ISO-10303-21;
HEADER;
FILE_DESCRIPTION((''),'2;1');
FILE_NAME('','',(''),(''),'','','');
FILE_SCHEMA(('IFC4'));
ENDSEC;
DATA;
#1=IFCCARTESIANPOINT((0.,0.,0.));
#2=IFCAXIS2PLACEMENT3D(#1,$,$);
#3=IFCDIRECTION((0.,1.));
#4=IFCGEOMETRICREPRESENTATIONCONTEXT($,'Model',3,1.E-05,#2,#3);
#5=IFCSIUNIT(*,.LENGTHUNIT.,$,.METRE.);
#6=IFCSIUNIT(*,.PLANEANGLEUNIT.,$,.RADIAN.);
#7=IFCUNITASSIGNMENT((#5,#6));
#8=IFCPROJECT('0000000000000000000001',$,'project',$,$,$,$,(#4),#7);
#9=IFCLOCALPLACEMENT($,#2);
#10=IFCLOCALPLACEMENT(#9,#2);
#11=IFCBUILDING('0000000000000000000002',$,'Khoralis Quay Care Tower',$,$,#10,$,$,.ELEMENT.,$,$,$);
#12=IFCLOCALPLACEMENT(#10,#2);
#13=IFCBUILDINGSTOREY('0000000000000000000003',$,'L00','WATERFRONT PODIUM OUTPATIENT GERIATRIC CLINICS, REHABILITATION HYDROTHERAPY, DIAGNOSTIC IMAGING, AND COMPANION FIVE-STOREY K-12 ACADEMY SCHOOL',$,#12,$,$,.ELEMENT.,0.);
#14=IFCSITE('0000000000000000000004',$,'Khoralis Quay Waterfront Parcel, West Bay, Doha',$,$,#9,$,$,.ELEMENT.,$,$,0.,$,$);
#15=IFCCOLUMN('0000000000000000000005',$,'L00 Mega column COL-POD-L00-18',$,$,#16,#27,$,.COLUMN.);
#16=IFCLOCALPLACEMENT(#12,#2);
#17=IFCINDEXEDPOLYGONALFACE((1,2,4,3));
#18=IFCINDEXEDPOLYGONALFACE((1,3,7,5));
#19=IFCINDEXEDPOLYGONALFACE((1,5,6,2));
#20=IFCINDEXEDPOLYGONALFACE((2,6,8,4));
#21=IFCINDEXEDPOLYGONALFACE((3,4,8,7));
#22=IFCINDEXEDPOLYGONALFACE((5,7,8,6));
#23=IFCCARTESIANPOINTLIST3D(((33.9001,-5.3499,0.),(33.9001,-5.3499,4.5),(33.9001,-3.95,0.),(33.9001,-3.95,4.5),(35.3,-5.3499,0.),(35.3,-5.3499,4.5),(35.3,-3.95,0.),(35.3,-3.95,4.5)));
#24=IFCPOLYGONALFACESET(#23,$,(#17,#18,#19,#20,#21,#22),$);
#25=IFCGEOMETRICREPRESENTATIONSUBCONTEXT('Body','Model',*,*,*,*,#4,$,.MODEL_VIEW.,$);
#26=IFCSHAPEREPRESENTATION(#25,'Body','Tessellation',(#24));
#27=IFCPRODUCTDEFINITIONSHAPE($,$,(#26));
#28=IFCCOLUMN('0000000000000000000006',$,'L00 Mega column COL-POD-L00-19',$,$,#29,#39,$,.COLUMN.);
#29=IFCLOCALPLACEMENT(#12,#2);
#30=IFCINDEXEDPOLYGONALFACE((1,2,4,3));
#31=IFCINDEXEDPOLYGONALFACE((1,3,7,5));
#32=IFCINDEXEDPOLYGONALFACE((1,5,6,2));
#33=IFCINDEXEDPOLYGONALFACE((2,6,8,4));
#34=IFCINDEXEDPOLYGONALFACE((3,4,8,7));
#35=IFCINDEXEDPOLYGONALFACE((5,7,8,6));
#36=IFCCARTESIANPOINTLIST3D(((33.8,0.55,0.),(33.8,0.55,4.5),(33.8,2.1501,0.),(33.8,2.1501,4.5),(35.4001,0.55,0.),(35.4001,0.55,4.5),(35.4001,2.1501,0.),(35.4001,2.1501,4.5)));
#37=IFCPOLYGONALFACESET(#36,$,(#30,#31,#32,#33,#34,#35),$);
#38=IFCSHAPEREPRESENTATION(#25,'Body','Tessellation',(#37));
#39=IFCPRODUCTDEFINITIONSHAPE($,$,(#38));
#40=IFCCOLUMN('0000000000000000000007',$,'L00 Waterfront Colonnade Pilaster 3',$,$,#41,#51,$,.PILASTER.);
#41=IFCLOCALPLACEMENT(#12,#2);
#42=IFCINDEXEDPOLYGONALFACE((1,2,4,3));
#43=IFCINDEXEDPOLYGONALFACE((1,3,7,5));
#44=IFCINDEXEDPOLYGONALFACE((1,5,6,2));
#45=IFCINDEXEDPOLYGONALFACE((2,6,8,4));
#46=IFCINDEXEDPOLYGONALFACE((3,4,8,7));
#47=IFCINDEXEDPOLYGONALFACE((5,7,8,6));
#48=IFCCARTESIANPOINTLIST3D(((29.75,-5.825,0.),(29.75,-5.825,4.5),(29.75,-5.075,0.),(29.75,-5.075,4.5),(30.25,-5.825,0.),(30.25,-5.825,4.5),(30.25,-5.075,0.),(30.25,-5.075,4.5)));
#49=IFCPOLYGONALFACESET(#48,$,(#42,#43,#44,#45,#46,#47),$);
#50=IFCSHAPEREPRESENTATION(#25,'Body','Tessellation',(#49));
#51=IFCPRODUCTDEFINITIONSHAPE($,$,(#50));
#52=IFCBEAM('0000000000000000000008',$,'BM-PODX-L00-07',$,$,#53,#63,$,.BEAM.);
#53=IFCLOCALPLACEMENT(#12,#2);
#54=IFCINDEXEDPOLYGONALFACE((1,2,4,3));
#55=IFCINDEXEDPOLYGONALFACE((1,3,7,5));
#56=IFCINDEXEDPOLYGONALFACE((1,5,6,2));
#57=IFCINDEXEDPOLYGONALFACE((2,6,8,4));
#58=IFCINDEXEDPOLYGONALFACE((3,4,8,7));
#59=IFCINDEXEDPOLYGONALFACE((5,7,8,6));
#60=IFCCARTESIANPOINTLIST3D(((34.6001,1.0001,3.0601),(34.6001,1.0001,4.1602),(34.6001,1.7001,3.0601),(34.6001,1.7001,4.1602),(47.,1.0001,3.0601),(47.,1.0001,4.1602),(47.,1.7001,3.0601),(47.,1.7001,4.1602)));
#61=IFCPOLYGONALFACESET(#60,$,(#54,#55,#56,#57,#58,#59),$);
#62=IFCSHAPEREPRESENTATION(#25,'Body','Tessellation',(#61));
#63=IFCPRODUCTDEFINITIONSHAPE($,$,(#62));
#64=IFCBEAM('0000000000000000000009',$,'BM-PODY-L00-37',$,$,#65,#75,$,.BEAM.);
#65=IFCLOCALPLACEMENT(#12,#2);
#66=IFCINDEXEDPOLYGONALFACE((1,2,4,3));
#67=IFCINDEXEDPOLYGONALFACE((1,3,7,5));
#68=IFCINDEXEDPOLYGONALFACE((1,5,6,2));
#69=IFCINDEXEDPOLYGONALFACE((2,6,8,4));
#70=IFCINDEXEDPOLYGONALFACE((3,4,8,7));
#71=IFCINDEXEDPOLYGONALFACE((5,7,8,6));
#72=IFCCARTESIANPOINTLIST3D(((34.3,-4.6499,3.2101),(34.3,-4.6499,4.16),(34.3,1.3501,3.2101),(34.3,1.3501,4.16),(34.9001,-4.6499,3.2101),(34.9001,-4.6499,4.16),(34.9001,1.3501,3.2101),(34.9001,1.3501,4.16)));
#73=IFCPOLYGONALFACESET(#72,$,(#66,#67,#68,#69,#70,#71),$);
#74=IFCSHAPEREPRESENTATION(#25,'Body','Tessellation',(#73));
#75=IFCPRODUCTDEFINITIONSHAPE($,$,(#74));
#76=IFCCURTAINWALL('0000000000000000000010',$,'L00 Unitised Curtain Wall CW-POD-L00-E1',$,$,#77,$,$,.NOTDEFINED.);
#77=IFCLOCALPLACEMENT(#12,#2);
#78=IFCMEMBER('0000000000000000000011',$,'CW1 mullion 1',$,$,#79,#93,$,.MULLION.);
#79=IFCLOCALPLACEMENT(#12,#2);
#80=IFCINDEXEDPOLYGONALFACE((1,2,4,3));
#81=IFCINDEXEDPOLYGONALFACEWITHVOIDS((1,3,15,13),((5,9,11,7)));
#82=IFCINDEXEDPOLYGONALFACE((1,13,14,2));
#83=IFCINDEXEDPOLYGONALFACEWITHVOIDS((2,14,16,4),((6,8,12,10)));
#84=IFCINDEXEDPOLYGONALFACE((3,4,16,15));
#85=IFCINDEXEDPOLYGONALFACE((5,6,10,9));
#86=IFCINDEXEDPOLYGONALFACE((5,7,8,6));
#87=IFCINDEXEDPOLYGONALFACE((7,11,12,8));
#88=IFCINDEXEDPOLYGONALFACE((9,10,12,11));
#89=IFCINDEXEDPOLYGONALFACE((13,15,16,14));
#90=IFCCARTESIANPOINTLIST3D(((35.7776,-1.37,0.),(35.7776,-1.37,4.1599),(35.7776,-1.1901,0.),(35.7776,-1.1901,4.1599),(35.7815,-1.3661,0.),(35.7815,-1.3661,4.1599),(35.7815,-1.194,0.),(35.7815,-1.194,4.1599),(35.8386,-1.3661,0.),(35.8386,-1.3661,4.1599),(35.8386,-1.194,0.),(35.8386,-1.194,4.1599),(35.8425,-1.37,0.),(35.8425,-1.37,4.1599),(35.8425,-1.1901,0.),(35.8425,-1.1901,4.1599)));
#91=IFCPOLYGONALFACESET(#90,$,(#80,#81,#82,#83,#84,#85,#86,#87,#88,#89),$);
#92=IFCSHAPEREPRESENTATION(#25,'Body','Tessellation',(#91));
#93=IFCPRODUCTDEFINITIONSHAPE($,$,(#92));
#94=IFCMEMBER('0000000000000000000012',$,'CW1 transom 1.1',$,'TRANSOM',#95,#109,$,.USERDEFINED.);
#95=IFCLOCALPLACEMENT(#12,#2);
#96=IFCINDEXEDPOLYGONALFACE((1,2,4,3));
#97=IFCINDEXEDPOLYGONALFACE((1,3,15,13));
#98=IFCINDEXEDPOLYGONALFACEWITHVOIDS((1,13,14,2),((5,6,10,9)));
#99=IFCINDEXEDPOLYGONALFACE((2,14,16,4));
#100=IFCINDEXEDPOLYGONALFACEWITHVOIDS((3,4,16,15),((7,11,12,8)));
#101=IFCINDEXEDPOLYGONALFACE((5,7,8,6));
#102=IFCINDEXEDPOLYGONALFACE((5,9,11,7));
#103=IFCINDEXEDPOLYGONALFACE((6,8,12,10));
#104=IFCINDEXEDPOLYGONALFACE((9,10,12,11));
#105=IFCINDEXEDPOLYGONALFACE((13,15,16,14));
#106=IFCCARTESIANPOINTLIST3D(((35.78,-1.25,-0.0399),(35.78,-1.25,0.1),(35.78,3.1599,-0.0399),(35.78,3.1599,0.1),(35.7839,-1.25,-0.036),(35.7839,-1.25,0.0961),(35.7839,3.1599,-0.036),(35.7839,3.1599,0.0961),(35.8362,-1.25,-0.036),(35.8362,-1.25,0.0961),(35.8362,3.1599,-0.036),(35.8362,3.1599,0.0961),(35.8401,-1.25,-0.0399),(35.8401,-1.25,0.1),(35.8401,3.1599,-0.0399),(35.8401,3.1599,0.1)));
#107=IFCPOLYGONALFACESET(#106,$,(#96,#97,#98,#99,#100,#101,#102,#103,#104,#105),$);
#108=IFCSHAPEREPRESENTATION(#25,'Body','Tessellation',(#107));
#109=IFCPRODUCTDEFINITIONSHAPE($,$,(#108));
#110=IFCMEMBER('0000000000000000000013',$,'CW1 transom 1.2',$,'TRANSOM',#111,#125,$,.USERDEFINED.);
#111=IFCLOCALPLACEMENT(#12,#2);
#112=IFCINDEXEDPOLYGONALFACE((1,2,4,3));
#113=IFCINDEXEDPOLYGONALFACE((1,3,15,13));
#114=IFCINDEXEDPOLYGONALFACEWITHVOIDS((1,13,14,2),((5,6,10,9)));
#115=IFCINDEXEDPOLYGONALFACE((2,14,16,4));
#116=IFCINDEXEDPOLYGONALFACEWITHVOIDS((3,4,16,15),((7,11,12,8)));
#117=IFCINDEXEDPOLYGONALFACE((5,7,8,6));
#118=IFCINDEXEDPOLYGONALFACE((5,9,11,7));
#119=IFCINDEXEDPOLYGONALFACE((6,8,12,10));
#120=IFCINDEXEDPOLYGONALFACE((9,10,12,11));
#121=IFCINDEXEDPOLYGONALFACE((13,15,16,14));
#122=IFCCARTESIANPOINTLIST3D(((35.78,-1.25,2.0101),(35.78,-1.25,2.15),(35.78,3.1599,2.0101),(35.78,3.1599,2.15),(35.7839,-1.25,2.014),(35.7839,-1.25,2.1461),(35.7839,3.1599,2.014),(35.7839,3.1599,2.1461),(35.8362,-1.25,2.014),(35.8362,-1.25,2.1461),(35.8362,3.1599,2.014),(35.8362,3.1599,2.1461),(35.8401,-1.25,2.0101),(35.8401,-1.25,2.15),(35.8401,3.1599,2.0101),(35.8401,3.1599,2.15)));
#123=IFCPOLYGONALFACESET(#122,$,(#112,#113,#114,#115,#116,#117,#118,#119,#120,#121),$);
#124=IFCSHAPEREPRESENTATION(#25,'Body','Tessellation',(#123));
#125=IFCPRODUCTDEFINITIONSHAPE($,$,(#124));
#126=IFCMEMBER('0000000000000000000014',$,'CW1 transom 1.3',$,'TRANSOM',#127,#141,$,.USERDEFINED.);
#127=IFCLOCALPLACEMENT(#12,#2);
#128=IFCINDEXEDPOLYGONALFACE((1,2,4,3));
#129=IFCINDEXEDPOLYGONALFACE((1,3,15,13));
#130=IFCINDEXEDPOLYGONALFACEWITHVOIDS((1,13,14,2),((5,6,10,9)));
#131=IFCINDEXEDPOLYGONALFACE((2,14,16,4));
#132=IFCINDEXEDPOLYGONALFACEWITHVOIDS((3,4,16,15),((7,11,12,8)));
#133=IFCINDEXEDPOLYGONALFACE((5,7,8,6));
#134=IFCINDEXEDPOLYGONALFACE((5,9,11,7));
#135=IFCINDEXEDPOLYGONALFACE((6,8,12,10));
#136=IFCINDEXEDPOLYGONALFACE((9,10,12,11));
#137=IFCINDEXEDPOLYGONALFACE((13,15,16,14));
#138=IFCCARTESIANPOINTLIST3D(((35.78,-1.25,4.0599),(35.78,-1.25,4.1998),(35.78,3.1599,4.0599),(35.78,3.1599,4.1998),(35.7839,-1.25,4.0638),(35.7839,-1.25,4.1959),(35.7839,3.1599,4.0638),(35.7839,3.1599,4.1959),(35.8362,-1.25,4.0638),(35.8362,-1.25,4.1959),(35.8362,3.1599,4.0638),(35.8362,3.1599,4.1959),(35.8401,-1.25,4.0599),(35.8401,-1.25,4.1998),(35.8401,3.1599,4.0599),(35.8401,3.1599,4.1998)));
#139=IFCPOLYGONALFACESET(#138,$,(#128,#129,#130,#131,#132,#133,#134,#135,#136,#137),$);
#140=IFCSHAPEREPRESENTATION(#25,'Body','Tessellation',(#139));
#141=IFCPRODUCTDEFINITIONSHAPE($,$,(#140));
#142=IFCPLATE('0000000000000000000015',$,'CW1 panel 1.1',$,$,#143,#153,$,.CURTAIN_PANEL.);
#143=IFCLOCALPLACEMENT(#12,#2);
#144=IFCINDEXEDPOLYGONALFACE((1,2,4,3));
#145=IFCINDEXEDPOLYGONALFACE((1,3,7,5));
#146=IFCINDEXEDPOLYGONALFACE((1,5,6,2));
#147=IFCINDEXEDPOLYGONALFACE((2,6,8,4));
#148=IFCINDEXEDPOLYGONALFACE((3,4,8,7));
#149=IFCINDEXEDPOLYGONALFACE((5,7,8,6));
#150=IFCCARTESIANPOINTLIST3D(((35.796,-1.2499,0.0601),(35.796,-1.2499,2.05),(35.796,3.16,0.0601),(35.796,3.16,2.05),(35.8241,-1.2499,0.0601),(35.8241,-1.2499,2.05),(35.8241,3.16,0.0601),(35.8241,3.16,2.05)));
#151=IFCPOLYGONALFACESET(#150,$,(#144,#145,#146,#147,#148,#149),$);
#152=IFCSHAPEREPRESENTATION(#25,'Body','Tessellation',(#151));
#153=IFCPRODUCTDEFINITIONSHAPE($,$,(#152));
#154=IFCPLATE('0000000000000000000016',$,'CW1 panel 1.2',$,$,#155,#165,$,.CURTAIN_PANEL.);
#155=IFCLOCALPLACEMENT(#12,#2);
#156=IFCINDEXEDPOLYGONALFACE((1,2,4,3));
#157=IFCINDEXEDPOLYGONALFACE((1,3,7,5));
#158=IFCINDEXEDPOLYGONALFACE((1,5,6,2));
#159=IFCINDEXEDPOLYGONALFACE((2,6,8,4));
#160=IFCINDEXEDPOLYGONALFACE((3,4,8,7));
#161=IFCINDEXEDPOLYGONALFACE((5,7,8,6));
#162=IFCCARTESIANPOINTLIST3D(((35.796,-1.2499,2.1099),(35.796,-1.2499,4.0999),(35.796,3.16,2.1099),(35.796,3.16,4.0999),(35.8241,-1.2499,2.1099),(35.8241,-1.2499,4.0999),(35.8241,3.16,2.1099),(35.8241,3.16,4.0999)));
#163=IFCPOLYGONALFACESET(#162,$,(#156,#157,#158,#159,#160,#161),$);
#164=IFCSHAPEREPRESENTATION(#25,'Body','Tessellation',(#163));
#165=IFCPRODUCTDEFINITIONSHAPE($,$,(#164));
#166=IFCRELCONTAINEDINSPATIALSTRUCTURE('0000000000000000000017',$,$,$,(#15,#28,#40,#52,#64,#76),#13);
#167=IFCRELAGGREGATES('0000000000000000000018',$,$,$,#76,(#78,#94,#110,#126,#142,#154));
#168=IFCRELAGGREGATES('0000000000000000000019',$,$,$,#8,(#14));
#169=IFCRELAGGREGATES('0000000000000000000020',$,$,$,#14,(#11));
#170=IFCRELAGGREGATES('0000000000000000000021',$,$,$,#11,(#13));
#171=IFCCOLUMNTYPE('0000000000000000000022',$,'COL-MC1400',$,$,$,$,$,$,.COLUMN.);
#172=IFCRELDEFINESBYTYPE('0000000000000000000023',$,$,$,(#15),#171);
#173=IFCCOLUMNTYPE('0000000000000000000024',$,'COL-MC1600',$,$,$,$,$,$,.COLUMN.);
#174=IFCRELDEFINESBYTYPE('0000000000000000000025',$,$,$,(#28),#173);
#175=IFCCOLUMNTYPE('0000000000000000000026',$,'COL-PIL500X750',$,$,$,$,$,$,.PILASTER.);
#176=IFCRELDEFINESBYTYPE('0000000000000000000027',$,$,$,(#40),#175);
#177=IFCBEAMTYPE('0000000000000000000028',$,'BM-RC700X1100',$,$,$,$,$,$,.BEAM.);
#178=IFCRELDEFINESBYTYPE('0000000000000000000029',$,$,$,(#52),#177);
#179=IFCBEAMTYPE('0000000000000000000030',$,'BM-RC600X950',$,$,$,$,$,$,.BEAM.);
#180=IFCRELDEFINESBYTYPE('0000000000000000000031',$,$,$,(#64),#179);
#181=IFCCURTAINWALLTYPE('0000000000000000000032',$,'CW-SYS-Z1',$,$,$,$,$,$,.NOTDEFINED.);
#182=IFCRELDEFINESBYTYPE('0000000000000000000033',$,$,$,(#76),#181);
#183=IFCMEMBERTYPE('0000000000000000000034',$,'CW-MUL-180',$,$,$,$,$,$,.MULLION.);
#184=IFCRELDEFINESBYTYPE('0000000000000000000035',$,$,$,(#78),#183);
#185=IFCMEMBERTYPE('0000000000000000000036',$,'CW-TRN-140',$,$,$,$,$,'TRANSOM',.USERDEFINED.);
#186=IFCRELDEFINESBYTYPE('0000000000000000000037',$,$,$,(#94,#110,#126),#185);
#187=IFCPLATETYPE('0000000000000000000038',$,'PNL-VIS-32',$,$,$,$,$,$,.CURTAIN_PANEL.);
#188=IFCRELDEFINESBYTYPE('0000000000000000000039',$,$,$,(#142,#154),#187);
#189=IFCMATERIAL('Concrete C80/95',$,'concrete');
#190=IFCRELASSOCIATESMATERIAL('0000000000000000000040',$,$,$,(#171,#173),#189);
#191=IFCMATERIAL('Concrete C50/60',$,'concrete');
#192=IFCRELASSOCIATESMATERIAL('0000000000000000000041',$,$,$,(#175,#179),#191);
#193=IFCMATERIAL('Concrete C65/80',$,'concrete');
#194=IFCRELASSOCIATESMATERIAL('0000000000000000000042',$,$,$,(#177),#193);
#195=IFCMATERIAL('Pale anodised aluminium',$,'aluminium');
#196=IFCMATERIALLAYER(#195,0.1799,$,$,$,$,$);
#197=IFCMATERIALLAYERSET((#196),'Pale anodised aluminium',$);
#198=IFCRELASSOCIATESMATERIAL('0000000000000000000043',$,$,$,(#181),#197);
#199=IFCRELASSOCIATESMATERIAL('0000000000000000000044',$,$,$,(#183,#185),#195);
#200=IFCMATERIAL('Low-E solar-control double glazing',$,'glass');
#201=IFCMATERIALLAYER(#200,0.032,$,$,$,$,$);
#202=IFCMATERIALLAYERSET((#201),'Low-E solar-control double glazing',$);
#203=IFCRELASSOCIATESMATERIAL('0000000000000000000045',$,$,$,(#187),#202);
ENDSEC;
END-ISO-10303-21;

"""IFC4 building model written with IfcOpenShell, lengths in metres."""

from ifc_helpers import new_model, si_unit, direction, frame, origin, origin_2d, place, context, subcontext, project, spatial, rectangle, hollow_rectangle, extrude, source, transform, mapped, material, layer, layer_set, material_profile, profile_set, type_object, element, aggregate, save


model = new_model("IFC4")

# Units and contexts
model_context = context("Model", 3, precision=1e-05, world=origin(), true_north=direction((0.0, 1.0)))
body_context = subcontext(model_context, "Body", "Model", "MODEL_VIEW")
ifc_project = project(units=[si_unit("LENGTHUNIT", "METRE"), si_unit("PLANEANGLEUNIT", "RADIAN")], contexts=[model_context])

# Site, building, storey
site_placement = place(None, origin())
site = spatial("IfcSite", under=ifc_project, at=site_placement, Name="Khoralis Quay Waterfront Parcel, West Bay, Doha", CompositionType="ELEMENT", RefElevation=0.0)
building_placement = place(site_placement, origin())
building = spatial("IfcBuilding", under=site, at=building_placement, Name="Khoralis Quay Care Tower", CompositionType="ELEMENT")
storey_placement = place(building_placement, origin())
storey = spatial("IfcBuildingStorey", under=building, at=storey_placement, Name="L00", Description="WATERFRONT PODIUM OUTPATIENT GERIATRIC CLINICS, REHABILITATION HYDROTHERAPY, DIAGNOSTIC IMAGING, AND COMPANION FIVE-STOREY K-12 ACADEMY SCHOOL", CompositionType="ELEMENT", Elevation=0.0)

# Columns
ifc_material_1 = material(Name="Concrete C80/95", Category="concrete")
ifc_material_profile_1 = material_profile(ifc_material_1, rectangle(XDim=1.3999, YDim=1.3999, at=origin_2d()), Name="Concrete C80/95")
ifc_profile_set_1 = profile_set([ifc_material_profile_1], Name="Concrete C80/95")
column_type_1 = type_object("IfcColumnType", Name="COL-MC1400", PredefinedType="COLUMN", material=ifc_profile_set_1)
shared_shape_1 = source(origin(), body_context, "Body", "SweptSolid", [
    extrude(rectangle(XDim=1.3999, YDim=1.3999, at=origin_2d()), origin(), (0.0, 0.0, 1.0), 4.5),
])
column_1_placement = place(storey_placement, frame((34.6001, -4.6499, 0.0), z_axis=(0.0, 0.0, 1.0), x_axis=(1.0, 0.0, 0.0)))
element("IfcColumn", 1, at=column_1_placement, inside=storey, type_object=column_type_1, Name="L00 Mega column COL-POD-L00-18", PredefinedType="COLUMN", context=body_context, shape_type="MappedRepresentation", body=[
    mapped(shared_shape_1, transform((0.0, 0.0, 0.0), scale=1.0)),
])
ifc_material_profile_2 = material_profile(ifc_material_1, rectangle(XDim=1.6001, YDim=1.6001, at=origin_2d()), Name="Concrete C80/95")
ifc_profile_set_2 = profile_set([ifc_material_profile_2], Name="Concrete C80/95")
column_type_2 = type_object("IfcColumnType", Name="COL-MC1600", PredefinedType="COLUMN", material=ifc_profile_set_2)
shared_shape_2 = source(origin(), body_context, "Body", "SweptSolid", [
    extrude(rectangle(XDim=1.6001, YDim=1.6001, at=origin_2d()), origin(), (0.0, 0.0, 1.0), 4.5),
])
column_2_placement = place(storey_placement, frame((34.6001, 1.3501, 0.0), z_axis=(0.0, 0.0, 1.0), x_axis=(1.0, 0.0, 0.0)))
element("IfcColumn", 2, at=column_2_placement, inside=storey, type_object=column_type_2, Name="L00 Mega column COL-POD-L00-19", PredefinedType="COLUMN", context=body_context, shape_type="MappedRepresentation", body=[
    mapped(shared_shape_2, transform((0.0, 0.0, 0.0), scale=1.0)),
])
ifc_material_2 = material(Name="Concrete C50/60", Category="concrete")
ifc_material_profile_3 = material_profile(ifc_material_2, rectangle(XDim=0.5, YDim=0.75, at=origin_2d()), Name="Concrete C50/60")
ifc_profile_set_3 = profile_set([ifc_material_profile_3], Name="Concrete C50/60")
column_type_3 = type_object("IfcColumnType", Name="COL-PIL500X750", PredefinedType="PILASTER", material=ifc_profile_set_3)
shared_shape_3 = source(origin(), body_context, "Body", "SweptSolid", [
    extrude(rectangle(XDim=0.5, YDim=0.75, at=origin_2d()), origin(), (0.0, 0.0, 1.0), 4.5),
])
column_3_placement = place(storey_placement, frame((30.0, -5.45, 0.0), z_axis=(0.0, 0.0, 1.0), x_axis=(1.0, 0.0, 0.0)))
element("IfcColumn", 3, at=column_3_placement, inside=storey, type_object=column_type_3, Name="L00 Waterfront Colonnade Pilaster 3", PredefinedType="PILASTER", context=body_context, shape_type="MappedRepresentation", body=[
    mapped(shared_shape_3, transform((0.0, 0.0, 0.0), scale=1.0)),
])

# Beams
ifc_material_3 = material(Name="Concrete C65/80", Category="concrete")
ifc_material_profile_4 = material_profile(ifc_material_3, rectangle(XDim=0.7, YDim=1.1001, at=origin_2d()), Name="Concrete C65/80")
ifc_profile_set_4 = profile_set([ifc_material_profile_4], Name="Concrete C65/80")
beam_type_1 = type_object("IfcBeamType", Name="BM-RC700X1100", PredefinedType="BEAM", material=ifc_profile_set_4)
shared_shape_4 = source(origin(), body_context, "Body", "SweptSolid", [
    extrude(rectangle(XDim=0.7, YDim=1.1001, at=origin_2d()), origin(), (0.0, 0.0, 1.0), 12.3999),
])
beam_1_placement = place(storey_placement, frame((34.6001, 1.3501, 3.6101), z_axis=(1.0, 0.0, 0.0), x_axis=(0.0, 1.0, 0.0)))
element("IfcBeam", 4, at=beam_1_placement, inside=storey, type_object=beam_type_1, Name="BM-PODX-L00-07", PredefinedType="BEAM", context=body_context, shape_type="MappedRepresentation", body=[
    mapped(shared_shape_4, transform((0.0, 0.0, 0.0), scale=1.0)),
])
ifc_material_profile_5 = material_profile(ifc_material_2, rectangle(XDim=0.6001, YDim=0.95, at=origin_2d()), Name="Concrete C50/60")
ifc_profile_set_5 = profile_set([ifc_material_profile_5], Name="Concrete C50/60")
beam_type_2 = type_object("IfcBeamType", Name="BM-RC600X950", PredefinedType="BEAM", material=ifc_profile_set_5)
shared_shape_5 = source(origin(), body_context, "Body", "SweptSolid", [
    extrude(rectangle(XDim=0.6001, YDim=0.95, at=origin_2d()), origin(), (0.0, 0.0, 1.0), 6.0),
])
beam_2_placement = place(storey_placement, frame((34.6001, -4.6499, 3.6851), z_axis=(0.0, 1.0, 0.0), x_axis=(-1.0, 0.0, 0.0)))
element("IfcBeam", 5, at=beam_2_placement, inside=storey, type_object=beam_type_2, Name="BM-PODY-L00-37", PredefinedType="BEAM", context=body_context, shape_type="MappedRepresentation", body=[
    mapped(shared_shape_5, transform((0.0, 0.0, 0.0), scale=1.0)),
])

# Curtain wall, members, plates
ifc_material_4 = material(Name="Pale anodised aluminium", Category="aluminium")
ifc_layer_1 = layer(ifc_material_4, 0.1799)
ifc_layer_set_1 = layer_set([ifc_layer_1], Name="Pale anodised aluminium")
curtain_wall_type = type_object("IfcCurtainWallType", Name="CW-SYS-Z1", PredefinedType="NOTDEFINED", material=ifc_layer_set_1)
curtain_wall_placement = place(storey_placement, origin())
curtain_wall = element("IfcCurtainWall", 6, at=curtain_wall_placement, inside=storey, type_object=curtain_wall_type, Name="L00 Unitised Curtain Wall CW-POD-L00-E1", PredefinedType="NOTDEFINED")
ifc_material_profile_6 = material_profile(ifc_material_4, hollow_rectangle(XDim=0.0649, YDim=0.1799, WallThickness=0.0039, at=origin_2d()), Name="Pale anodised aluminium")
ifc_profile_set_6 = profile_set([ifc_material_profile_6], Name="Pale anodised aluminium")
member_type_1 = type_object("IfcMemberType", Name="CW-MUL-180", PredefinedType="MULLION", material=ifc_profile_set_6)
shared_shape_6 = source(origin(), body_context, "Body", "SweptSolid", [
    extrude(hollow_rectangle(XDim=0.0649, YDim=0.1799, WallThickness=0.0039, at=origin_2d()), origin(), (0.0, 0.0, 1.0), 4.1599),
])
member_1_placement = place(storey_placement, frame((35.8101, -1.28, 0.0), z_axis=(0.0, 0.0, 1.0), x_axis=(-1.0, 0.0, 0.0)))
member_1 = element("IfcMember", 7, at=member_1_placement, type_object=member_type_1, Name="CW1 mullion 1", PredefinedType="MULLION", context=body_context, shape_type="MappedRepresentation", body=[
    mapped(shared_shape_6, transform((0.0, 0.0, 0.0), scale=1.0)),
])
ifc_material_profile_7 = material_profile(ifc_material_4, hollow_rectangle(XDim=0.0601, YDim=0.1399, WallThickness=0.0039, at=origin_2d()), Name="Pale anodised aluminium")
ifc_profile_set_7 = profile_set([ifc_material_profile_7], Name="Pale anodised aluminium")
member_type_2 = type_object("IfcMemberType", Name="CW-TRN-140", ElementType="TRANSOM", PredefinedType="USERDEFINED", material=ifc_profile_set_7)
shared_shape_7 = source(origin(), body_context, "Body", "SweptSolid", [
    extrude(hollow_rectangle(XDim=0.0601, YDim=0.1399, WallThickness=0.0039, at=origin_2d()), origin(), (0.0, 0.0, 1.0), 4.4099),
])
member_2_placement = place(storey_placement, frame((35.8101, -1.25, 0.03), z_axis=(0.0, 1.0, 0.0), x_axis=(-1.0, 0.0, 0.0)))
member_2 = element("IfcMember", 8, at=member_2_placement, type_object=member_type_2, Name="CW1 transom 1.1", ObjectType="TRANSOM", PredefinedType="USERDEFINED", context=body_context, shape_type="MappedRepresentation", body=[
    mapped(shared_shape_7, transform((0.0, 0.0, 0.0), scale=1.0)),
])
member_3_placement = place(storey_placement, frame((35.8101, -1.25, 2.0801), z_axis=(0.0, 1.0, 0.0), x_axis=(-1.0, 0.0, 0.0)))
member_3 = element("IfcMember", 9, at=member_3_placement, type_object=member_type_2, Name="CW1 transom 1.2", ObjectType="TRANSOM", PredefinedType="USERDEFINED", context=body_context, shape_type="MappedRepresentation", body=[
    mapped(shared_shape_7, transform((0.0, 0.0, 0.0), scale=1.0)),
])
member_4_placement = place(storey_placement, frame((35.8101, -1.25, 4.1299), z_axis=(0.0, 1.0, 0.0), x_axis=(-1.0, 0.0, 0.0)))
member_4 = element("IfcMember", 10, at=member_4_placement, type_object=member_type_2, Name="CW1 transom 1.3", ObjectType="TRANSOM", PredefinedType="USERDEFINED", context=body_context, shape_type="MappedRepresentation", body=[
    mapped(shared_shape_7, transform((0.0, 0.0, 0.0), scale=1.0)),
])
ifc_material_5 = material(Name="Low-E solar-control double glazing", Category="glass")
ifc_layer_2 = layer(ifc_material_5, 0.032)
ifc_layer_set_2 = layer_set([ifc_layer_2], Name="Low-E solar-control double glazing")
plate_type = type_object("IfcPlateType", Name="PNL-VIS-32", PredefinedType="CURTAIN_PANEL", material=ifc_layer_set_2)
shared_shape_8 = source(origin(), body_context, "Body", "SweptSolid", [
    extrude(rectangle(XDim=4.4099, YDim=0.0281, at=origin_2d()), origin(), (0.0, 0.0, 1.0), 1.99),
])
plate_1_placement = place(storey_placement, frame((35.8101, 0.9551, 0.0601), z_axis=(0.0, 0.0, 1.0), x_axis=(0.0, 1.0, 0.0)))
plate_1 = element("IfcPlate", 11, at=plate_1_placement, type_object=plate_type, Name="CW1 panel 1.1", PredefinedType="CURTAIN_PANEL", context=body_context, shape_type="MappedRepresentation", body=[
    mapped(shared_shape_8, transform((0.0, 0.0, 0.0), scale=1.0)),
])
plate_2_placement = place(storey_placement, frame((35.8101, 0.9551, 2.1099), z_axis=(0.0, 0.0, 1.0), x_axis=(0.0, 1.0, 0.0)))
plate_2 = element("IfcPlate", 12, at=plate_2_placement, type_object=plate_type, Name="CW1 panel 1.2", PredefinedType="CURTAIN_PANEL", context=body_context, shape_type="MappedRepresentation", body=[
    mapped(shared_shape_8, transform((0.0, 0.0, 0.0), scale=1.0)),
])
aggregate(curtain_wall, [member_1, member_2, member_3, member_4, plate_1, plate_2])

save(model, "model.ifc")
